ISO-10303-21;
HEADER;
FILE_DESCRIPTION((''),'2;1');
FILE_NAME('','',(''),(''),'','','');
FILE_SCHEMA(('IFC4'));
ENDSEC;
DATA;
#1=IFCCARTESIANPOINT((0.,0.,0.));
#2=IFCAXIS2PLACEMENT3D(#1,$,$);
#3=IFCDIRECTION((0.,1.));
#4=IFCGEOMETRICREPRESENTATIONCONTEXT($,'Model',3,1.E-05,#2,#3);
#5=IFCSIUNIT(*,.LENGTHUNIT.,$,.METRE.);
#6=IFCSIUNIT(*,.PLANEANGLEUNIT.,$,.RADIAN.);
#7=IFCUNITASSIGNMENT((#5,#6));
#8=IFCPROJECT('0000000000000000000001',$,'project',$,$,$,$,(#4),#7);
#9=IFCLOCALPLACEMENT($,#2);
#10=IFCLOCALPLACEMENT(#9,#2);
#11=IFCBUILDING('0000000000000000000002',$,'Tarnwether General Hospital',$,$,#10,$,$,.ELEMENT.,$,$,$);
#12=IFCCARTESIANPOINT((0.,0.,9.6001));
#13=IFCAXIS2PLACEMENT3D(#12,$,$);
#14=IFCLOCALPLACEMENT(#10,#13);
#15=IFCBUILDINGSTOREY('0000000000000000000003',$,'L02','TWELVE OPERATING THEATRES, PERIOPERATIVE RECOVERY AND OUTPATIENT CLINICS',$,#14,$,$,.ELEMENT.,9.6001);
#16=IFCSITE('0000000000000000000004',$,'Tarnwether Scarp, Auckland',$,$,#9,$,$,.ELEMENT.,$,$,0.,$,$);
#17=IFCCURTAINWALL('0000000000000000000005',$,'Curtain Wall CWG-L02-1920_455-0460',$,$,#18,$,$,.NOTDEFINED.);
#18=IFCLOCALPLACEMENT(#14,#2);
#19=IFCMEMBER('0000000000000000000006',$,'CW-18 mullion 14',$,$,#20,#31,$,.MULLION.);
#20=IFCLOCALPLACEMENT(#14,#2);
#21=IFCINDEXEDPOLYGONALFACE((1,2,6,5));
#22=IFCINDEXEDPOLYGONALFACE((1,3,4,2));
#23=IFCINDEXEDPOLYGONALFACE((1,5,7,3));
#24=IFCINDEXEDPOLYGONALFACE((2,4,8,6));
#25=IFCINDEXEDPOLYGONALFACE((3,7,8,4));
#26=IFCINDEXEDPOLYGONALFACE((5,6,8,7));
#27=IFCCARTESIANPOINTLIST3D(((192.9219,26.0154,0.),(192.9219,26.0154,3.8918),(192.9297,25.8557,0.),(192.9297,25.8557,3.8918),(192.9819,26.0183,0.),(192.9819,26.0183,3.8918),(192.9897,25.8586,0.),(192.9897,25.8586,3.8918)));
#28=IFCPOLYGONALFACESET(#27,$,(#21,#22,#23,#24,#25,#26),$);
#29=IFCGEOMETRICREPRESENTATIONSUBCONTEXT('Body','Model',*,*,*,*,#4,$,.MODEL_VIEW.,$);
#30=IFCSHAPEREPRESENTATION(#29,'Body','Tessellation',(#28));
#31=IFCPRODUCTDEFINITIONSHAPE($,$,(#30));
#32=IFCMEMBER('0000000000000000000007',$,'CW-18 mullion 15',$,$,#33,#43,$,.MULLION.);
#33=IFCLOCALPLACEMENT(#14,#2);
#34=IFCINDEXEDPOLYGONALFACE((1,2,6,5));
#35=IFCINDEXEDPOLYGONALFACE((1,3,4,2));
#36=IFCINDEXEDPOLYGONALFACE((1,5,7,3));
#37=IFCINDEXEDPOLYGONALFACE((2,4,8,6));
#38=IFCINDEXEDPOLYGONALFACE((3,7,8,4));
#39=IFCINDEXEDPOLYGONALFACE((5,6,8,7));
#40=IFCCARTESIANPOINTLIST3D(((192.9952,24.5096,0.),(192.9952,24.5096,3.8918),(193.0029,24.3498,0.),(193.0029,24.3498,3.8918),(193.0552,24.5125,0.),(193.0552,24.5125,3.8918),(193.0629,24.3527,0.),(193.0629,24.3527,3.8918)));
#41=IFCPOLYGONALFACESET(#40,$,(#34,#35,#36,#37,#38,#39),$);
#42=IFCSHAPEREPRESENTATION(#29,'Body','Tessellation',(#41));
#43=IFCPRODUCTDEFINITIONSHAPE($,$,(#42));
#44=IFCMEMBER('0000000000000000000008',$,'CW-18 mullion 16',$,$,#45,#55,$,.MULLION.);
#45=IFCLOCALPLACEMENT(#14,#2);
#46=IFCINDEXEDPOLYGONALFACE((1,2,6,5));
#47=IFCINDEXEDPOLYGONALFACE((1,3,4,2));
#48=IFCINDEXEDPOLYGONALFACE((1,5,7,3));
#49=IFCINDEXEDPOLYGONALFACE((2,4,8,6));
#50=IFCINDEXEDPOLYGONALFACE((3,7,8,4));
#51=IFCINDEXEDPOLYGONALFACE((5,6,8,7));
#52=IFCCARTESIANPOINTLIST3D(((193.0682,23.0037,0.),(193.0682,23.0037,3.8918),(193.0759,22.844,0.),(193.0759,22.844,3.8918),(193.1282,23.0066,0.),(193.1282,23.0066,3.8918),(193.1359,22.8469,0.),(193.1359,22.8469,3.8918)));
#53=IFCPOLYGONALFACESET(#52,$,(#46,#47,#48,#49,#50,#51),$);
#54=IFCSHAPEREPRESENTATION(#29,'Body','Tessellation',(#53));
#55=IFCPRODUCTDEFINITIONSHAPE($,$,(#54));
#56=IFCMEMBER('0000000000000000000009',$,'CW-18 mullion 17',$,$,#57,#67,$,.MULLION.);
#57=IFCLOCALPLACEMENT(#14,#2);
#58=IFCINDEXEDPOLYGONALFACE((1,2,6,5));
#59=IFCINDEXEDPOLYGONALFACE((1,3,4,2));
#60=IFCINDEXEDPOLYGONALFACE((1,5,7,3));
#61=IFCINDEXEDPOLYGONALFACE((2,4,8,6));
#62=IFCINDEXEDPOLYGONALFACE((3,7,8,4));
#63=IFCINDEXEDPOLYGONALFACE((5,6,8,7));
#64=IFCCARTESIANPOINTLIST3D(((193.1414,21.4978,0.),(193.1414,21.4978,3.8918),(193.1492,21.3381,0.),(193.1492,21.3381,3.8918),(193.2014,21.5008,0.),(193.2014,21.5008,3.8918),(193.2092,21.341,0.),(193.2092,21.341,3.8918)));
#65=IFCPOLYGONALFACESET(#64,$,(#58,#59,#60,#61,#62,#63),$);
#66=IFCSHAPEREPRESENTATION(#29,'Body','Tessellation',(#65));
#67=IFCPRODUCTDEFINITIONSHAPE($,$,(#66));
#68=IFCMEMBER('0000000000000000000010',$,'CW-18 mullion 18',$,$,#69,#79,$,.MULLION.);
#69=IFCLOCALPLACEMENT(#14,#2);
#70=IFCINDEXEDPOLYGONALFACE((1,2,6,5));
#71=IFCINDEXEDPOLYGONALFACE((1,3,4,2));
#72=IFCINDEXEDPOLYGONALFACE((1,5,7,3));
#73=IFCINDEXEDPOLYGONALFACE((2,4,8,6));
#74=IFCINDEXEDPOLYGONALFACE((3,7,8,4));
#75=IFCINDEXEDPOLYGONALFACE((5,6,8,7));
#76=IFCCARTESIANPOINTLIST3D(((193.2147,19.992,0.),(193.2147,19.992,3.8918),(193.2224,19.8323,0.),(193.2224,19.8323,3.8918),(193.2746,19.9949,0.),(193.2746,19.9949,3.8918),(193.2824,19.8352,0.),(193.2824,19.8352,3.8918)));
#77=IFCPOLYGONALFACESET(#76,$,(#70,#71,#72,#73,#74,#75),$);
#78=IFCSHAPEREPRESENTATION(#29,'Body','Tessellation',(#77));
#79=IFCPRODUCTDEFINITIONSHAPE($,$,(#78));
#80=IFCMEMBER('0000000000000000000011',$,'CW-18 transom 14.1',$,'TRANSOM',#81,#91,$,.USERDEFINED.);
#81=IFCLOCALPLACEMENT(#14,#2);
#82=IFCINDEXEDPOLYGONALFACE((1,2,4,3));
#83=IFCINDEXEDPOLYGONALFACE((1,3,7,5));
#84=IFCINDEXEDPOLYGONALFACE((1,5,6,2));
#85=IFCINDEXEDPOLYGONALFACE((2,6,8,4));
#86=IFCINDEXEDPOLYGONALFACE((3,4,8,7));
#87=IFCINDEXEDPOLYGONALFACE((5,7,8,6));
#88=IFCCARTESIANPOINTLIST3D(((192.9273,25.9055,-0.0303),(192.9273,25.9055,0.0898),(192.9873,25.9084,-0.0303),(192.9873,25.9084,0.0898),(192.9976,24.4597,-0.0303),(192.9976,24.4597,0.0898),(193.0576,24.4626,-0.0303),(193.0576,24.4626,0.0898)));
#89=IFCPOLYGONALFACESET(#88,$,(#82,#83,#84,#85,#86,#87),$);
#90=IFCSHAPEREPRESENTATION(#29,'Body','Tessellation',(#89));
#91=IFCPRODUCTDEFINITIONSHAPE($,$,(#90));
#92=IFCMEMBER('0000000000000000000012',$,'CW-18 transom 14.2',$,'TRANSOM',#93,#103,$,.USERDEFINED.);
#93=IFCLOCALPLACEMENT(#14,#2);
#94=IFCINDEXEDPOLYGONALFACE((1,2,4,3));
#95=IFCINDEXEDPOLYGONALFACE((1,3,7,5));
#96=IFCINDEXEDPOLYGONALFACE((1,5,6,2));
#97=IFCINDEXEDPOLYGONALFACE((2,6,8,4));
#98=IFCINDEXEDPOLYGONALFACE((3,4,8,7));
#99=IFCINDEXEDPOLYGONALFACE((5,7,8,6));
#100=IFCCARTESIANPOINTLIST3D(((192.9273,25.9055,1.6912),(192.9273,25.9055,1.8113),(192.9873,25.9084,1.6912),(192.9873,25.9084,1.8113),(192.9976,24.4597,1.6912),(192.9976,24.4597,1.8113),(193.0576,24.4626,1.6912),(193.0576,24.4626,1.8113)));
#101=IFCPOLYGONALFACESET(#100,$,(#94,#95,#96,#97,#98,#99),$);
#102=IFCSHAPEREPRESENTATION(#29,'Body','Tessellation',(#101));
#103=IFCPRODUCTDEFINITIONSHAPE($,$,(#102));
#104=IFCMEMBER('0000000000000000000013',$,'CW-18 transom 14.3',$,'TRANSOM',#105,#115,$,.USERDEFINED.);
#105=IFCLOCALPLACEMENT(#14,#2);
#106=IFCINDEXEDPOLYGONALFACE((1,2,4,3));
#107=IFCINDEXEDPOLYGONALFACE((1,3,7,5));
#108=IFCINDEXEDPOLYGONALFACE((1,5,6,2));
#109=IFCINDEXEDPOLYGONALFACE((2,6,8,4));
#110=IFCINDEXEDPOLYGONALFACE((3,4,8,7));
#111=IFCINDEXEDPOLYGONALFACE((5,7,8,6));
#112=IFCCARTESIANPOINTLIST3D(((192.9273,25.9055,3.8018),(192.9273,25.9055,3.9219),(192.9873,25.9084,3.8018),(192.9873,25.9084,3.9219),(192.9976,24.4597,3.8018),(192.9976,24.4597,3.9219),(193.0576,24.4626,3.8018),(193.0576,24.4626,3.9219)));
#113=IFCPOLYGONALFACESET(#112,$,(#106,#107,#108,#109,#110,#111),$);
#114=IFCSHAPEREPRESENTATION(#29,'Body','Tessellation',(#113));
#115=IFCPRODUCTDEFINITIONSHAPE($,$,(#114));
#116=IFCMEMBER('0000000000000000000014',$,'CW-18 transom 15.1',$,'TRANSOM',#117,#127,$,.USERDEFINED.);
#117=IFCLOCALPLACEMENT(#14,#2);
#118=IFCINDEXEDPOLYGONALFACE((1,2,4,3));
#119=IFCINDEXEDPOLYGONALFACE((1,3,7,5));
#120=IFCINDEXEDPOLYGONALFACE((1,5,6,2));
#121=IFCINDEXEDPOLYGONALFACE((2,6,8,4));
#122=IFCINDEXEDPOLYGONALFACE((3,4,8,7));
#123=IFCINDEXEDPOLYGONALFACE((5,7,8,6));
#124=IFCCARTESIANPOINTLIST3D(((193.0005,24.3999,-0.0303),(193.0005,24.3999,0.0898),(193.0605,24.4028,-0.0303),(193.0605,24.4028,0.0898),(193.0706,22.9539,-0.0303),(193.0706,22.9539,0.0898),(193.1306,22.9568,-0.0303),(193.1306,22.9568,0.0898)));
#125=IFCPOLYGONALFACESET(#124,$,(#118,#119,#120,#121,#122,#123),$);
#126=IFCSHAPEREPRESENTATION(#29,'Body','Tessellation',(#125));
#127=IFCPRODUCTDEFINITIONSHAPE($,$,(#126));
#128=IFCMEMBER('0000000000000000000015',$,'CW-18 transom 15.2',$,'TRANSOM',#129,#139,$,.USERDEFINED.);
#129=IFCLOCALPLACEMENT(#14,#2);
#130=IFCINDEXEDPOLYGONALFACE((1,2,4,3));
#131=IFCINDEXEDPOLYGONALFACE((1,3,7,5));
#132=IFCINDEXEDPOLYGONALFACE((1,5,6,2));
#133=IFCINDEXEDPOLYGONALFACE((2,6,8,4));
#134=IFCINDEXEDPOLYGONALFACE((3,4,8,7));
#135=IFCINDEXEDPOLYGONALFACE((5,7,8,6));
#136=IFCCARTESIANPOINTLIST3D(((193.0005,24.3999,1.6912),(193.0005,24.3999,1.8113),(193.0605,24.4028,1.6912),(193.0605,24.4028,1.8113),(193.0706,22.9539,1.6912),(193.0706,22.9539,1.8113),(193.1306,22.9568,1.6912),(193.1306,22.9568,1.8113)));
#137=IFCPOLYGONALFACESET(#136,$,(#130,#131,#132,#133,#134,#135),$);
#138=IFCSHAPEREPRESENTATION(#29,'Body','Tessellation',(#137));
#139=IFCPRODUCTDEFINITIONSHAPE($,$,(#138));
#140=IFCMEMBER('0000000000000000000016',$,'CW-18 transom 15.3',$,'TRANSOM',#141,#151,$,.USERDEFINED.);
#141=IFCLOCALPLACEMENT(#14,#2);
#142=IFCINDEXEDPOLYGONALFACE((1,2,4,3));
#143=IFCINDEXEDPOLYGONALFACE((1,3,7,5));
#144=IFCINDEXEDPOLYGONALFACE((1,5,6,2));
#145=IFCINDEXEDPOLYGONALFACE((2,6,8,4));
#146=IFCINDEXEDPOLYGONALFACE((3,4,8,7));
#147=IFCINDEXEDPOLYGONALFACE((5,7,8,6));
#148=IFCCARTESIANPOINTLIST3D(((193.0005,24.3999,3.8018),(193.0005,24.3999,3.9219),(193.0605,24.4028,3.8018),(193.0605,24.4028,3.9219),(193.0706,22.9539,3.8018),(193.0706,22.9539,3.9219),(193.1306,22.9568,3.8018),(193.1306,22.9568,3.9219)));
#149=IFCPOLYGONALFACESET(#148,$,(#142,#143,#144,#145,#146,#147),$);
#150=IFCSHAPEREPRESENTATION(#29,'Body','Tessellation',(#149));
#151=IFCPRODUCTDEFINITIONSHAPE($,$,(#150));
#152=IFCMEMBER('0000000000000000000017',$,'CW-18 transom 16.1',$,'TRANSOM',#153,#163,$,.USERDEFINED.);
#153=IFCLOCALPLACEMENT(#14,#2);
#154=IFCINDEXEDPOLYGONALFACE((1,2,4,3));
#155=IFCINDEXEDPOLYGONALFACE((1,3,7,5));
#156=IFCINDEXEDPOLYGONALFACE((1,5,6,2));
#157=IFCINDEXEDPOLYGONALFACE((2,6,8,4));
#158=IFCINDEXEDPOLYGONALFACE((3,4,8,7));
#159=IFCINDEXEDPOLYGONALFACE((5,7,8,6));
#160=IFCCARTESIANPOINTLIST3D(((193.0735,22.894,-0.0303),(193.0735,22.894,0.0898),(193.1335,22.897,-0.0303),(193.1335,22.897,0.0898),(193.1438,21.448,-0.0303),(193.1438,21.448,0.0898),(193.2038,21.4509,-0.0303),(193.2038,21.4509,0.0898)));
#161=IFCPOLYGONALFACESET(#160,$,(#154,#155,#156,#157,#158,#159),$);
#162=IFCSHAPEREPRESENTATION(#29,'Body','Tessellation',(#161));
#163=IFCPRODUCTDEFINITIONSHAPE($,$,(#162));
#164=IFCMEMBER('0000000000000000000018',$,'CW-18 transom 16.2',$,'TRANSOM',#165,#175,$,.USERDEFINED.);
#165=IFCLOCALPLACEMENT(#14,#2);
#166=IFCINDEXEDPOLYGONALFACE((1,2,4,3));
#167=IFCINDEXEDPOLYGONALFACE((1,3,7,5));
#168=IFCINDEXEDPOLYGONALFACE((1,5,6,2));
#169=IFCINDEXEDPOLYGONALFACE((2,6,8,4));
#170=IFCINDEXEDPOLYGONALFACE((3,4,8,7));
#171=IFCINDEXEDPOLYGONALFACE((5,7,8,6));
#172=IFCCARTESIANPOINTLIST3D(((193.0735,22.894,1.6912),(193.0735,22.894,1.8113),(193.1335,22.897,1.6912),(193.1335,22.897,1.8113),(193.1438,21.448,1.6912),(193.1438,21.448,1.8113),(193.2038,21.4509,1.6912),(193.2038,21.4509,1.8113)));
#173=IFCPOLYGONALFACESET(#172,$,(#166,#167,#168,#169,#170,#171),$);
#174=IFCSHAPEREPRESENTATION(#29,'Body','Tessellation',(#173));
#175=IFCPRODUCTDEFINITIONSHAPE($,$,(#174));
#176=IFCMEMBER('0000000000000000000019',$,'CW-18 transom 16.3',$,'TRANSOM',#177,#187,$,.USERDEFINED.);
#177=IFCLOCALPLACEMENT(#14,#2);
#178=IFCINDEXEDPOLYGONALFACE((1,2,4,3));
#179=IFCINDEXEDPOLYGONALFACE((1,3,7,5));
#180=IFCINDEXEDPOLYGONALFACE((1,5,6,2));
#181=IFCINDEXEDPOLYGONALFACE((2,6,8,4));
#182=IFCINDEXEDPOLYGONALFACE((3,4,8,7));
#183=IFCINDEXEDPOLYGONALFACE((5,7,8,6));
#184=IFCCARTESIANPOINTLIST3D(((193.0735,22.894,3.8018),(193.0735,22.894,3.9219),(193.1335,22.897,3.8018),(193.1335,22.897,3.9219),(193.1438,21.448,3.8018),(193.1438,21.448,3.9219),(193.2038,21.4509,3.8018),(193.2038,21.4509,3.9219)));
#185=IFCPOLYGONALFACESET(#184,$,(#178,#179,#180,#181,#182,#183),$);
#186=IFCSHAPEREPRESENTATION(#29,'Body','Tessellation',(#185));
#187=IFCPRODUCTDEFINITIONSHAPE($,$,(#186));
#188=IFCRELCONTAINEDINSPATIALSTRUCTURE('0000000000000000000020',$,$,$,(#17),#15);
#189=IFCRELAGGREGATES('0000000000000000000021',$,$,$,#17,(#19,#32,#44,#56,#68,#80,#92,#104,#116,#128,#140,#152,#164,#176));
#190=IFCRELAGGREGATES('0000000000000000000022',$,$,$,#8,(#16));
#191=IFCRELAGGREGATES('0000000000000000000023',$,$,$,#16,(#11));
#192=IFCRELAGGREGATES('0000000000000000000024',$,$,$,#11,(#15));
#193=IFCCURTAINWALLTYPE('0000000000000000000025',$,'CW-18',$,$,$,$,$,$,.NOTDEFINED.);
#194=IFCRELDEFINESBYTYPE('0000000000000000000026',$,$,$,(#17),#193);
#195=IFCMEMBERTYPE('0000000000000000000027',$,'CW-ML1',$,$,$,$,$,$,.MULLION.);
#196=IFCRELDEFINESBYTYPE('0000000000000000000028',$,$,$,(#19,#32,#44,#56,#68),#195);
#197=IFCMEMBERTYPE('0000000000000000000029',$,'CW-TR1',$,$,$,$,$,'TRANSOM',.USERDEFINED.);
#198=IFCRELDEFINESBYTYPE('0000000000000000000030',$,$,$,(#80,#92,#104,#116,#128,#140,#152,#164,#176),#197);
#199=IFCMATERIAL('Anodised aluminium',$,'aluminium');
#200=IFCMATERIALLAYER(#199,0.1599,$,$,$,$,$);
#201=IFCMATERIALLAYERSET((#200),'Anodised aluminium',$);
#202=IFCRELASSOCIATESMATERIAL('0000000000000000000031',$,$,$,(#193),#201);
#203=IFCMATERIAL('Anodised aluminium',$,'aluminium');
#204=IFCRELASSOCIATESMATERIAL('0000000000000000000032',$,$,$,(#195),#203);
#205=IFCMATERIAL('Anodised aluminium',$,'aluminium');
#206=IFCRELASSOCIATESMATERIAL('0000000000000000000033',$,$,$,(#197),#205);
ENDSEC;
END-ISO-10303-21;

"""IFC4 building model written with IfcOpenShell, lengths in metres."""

from ifc_helpers import new_model, si_unit, direction, frame, origin, origin_2d, place, context, subcontext, project, spatial, rectangle, extrude, material, layer, layer_set, material_profile, profile_set, type_object, element, aggregate, save


model = new_model("IFC4")

# Units and contexts
model_context = context("Model", 3, precision=1e-05, world=origin(), true_north=direction((0.0, 1.0)))
body_context = subcontext(model_context, "Body", "Model", "MODEL_VIEW")
ifc_project = project(units=[si_unit("LENGTHUNIT", "METRE"), si_unit("PLANEANGLEUNIT", "RADIAN")], contexts=[model_context])

# Site, building, storey
site_placement = place(None, origin())
site = spatial("IfcSite", under=ifc_project, at=site_placement, Name="Tarnwether Scarp, Auckland", CompositionType="ELEMENT", RefElevation=0.0)
building_placement = place(site_placement, origin())
building = spatial("IfcBuilding", under=site, at=building_placement, Name="Tarnwether General Hospital", CompositionType="ELEMENT")
storey_placement = place(building_placement, frame((0.0, 0.0, 9.6001)))
storey = spatial("IfcBuildingStorey", under=building, at=storey_placement, Name="L02", Description="TWELVE OPERATING THEATRES, PERIOPERATIVE RECOVERY AND OUTPATIENT CLINICS", CompositionType="ELEMENT", Elevation=9.6001)

# Curtain wall, members
ifc_material_1 = material(Name="Anodised aluminium", Category="aluminium")
ifc_layer_1 = layer(ifc_material_1, 0.1599)
ifc_layer_set_1 = layer_set([ifc_layer_1], Name="Anodised aluminium")
curtain_wall_type = type_object("IfcCurtainWallType", Name="CW-18", PredefinedType="NOTDEFINED", material=ifc_layer_set_1)
curtain_wall_placement = place(storey_placement, origin())
curtain_wall = element("IfcCurtainWall", 1, at=curtain_wall_placement, inside=storey, type_object=curtain_wall_type, Name="Curtain Wall CWG-L02-1920_455-0460", PredefinedType="NOTDEFINED")
ifc_material_2 = material(Name="Anodised aluminium", Category="aluminium")
ifc_material_profile_1 = material_profile(ifc_material_2, rectangle(XDim=0.0601, YDim=0.1599, at=origin_2d()), Name="ALU-MUL-60x160")
ifc_profile_set_1 = profile_set([ifc_material_profile_1], Name="Anodised aluminium")
member_type_1 = type_object("IfcMemberType", Name="CW-ML1", PredefinedType="MULLION", material=ifc_profile_set_1)
member_1_placement = place(storey_placement, frame((192.9558, 25.937, 0.0), z_axis=(0.0, 0.0, 1.0), x_axis=(0.99882, 0.04856, 0.0)))
member_1 = element("IfcMember", 2, at=member_1_placement, type_object=member_type_1, Name="CW-18 mullion 14", PredefinedType="MULLION", context=body_context, shape_type="SweptSolid", body=[
    extrude(rectangle(XDim=0.0601, YDim=0.1599, at=origin_2d()), origin(), (0.0, 0.0, 1.0), 3.8918),
])
member_2_placement = place(storey_placement, frame((193.0291, 24.4312, 0.0), z_axis=(0.0, 0.0, 1.0), x_axis=(0.99882, 0.04856, 0.0)))
member_2 = element("IfcMember", 3, at=member_2_placement, type_object=member_type_1, Name="CW-18 mullion 15", PredefinedType="MULLION", context=body_context, shape_type="SweptSolid", body=[
    extrude(rectangle(XDim=0.0601, YDim=0.1599, at=origin_2d()), origin(), (0.0, 0.0, 1.0), 3.8918),
])
member_3_placement = place(storey_placement, frame((193.1021, 22.9253, 0.0), z_axis=(0.0, 0.0, 1.0), x_axis=(0.99882, 0.04856, 0.0)))
member_3 = element("IfcMember", 4, at=member_3_placement, type_object=member_type_1, Name="CW-18 mullion 16", PredefinedType="MULLION", context=body_context, shape_type="SweptSolid", body=[
    extrude(rectangle(XDim=0.0601, YDim=0.1599, at=origin_2d()), origin(), (0.0, 0.0, 1.0), 3.8918),
])
member_4_placement = place(storey_placement, frame((193.1753, 21.4194, 0.0), z_axis=(0.0, 0.0, 1.0), x_axis=(0.99882, 0.04856, 0.0)))
member_4 = element("IfcMember", 5, at=member_4_placement, type_object=member_type_1, Name="CW-18 mullion 17", PredefinedType="MULLION", context=body_context, shape_type="SweptSolid", body=[
    extrude(rectangle(XDim=0.0601, YDim=0.1599, at=origin_2d()), origin(), (0.0, 0.0, 1.0), 3.8918),
])
member_5_placement = place(storey_placement, frame((193.2485, 19.9136, 0.0), z_axis=(0.0, 0.0, 1.0), x_axis=(0.99882, 0.04856, 0.0)))
member_5 = element("IfcMember", 6, at=member_5_placement, type_object=member_type_1, Name="CW-18 mullion 18", PredefinedType="MULLION", context=body_context, shape_type="SweptSolid", body=[
    extrude(rectangle(XDim=0.0601, YDim=0.1599, at=origin_2d()), origin(), (0.0, 0.0, 1.0), 3.8918),
])
ifc_material_3 = material(Name="Anodised aluminium", Category="aluminium")
ifc_material_profile_2 = material_profile(ifc_material_3, rectangle(XDim=0.0601, YDim=0.1201, at=origin_2d()), Name="ALU-TRN-60x120")
ifc_profile_set_2 = profile_set([ifc_material_profile_2], Name="Anodised aluminium")
member_type_2 = type_object("IfcMemberType", Name="CW-TR1", ElementType="TRANSOM", PredefinedType="USERDEFINED", material=ifc_profile_set_2)
member_6_placement = place(storey_placement, frame((192.9573, 25.907, 0.0298), z_axis=(0.048575, -0.99882, 0.0), x_axis=(0.99882, 0.048575, 0.0)))
member_6 = element("IfcMember", 7, at=member_6_placement, type_object=member_type_2, Name="CW-18 transom 14.1", ObjectType="TRANSOM", PredefinedType="USERDEFINED", context=body_context, shape_type="SweptSolid", body=[
    extrude(rectangle(XDim=0.0601, YDim=0.1201, at=origin_2d()), origin(), (0.0, 0.0, 1.0), 1.4475),
])
member_7_placement = place(storey_placement, frame((192.9573, 25.907, 1.7512), z_axis=(0.048575, -0.99882, 0.0), x_axis=(0.99882, 0.048575, 0.0)))
member_7 = element("IfcMember", 8, at=member_7_placement, type_object=member_type_2, Name="CW-18 transom 14.2", ObjectType="TRANSOM", PredefinedType="USERDEFINED", context=body_context, shape_type="SweptSolid", body=[
    extrude(rectangle(XDim=0.0601, YDim=0.1201, at=origin_2d()), origin(), (0.0, 0.0, 1.0), 1.4475),
])
member_8_placement = place(storey_placement, frame((192.9573, 25.907, 3.8618), z_axis=(0.048575, -0.99882, 0.0), x_axis=(0.99882, 0.048575, 0.0)))
member_8 = element("IfcMember", 9, at=member_8_placement, type_object=member_type_2, Name="CW-18 transom 14.3", ObjectType="TRANSOM", PredefinedType="USERDEFINED", context=body_context, shape_type="SweptSolid", body=[
    extrude(rectangle(XDim=0.0601, YDim=0.1201, at=origin_2d()), origin(), (0.0, 0.0, 1.0), 1.4475),
])
member_9_placement = place(storey_placement, frame((193.0305, 24.4014, 0.0298), z_axis=(0.048398, -0.998828, 0.0), x_axis=(0.998828, 0.048398, 0.0)))
member_9 = element("IfcMember", 10, at=member_9_placement, type_object=member_type_2, Name="CW-18 transom 15.1", ObjectType="TRANSOM", PredefinedType="USERDEFINED", context=body_context, shape_type="SweptSolid", body=[
    extrude(rectangle(XDim=0.0601, YDim=0.1201, at=origin_2d()), origin(), (0.0, 0.0, 1.0), 1.4478),
])
member_10_placement = place(storey_placement, frame((193.0305, 24.4014, 1.7512), z_axis=(0.048398, -0.998828, 0.0), x_axis=(0.998828, 0.048398, 0.0)))
member_10 = element("IfcMember", 11, at=member_10_placement, type_object=member_type_2, Name="CW-18 transom 15.2", ObjectType="TRANSOM", PredefinedType="USERDEFINED", context=body_context, shape_type="SweptSolid", body=[
    extrude(rectangle(XDim=0.0601, YDim=0.1201, at=origin_2d()), origin(), (0.0, 0.0, 1.0), 1.4478),
])
member_11_placement = place(storey_placement, frame((193.0305, 24.4014, 3.8618), z_axis=(0.048398, -0.998828, 0.0), x_axis=(0.998828, 0.048398, 0.0)))
member_11 = element("IfcMember", 12, at=member_11_placement, type_object=member_type_2, Name="CW-18 transom 15.3", ObjectType="TRANSOM", PredefinedType="USERDEFINED", context=body_context, shape_type="SweptSolid", body=[
    extrude(rectangle(XDim=0.0601, YDim=0.1201, at=origin_2d()), origin(), (0.0, 0.0, 1.0), 1.4478),
])
member_12_placement = place(storey_placement, frame((193.1035, 22.8955, 0.0298), z_axis=(0.048567, -0.99882, 0.0), x_axis=(0.99882, 0.048567, 0.0)))
member_12 = element("IfcMember", 13, at=member_12_placement, type_object=member_type_2, Name="CW-18 transom 16.1", ObjectType="TRANSOM", PredefinedType="USERDEFINED", context=body_context, shape_type="SweptSolid", body=[
    extrude(rectangle(XDim=0.0601, YDim=0.1201, at=origin_2d()), origin(), (0.0, 0.0, 1.0), 1.4478),
])
member_13_placement = place(storey_placement, frame((193.1035, 22.8955, 1.7512), z_axis=(0.048567, -0.99882, 0.0), x_axis=(0.99882, 0.048567, 0.0)))
member_13 = element("IfcMember", 14, at=member_13_placement, type_object=member_type_2, Name="CW-18 transom 16.2", ObjectType="TRANSOM", PredefinedType="USERDEFINED", context=body_context, shape_type="SweptSolid", body=[
    extrude(rectangle(XDim=0.0601, YDim=0.1201, at=origin_2d()), origin(), (0.0, 0.0, 1.0), 1.4478),
])
member_14_placement = place(storey_placement, frame((193.1035, 22.8955, 3.8618), z_axis=(0.048567, -0.99882, 0.0), x_axis=(0.99882, 0.048567, 0.0)))
member_14 = element("IfcMember", 15, at=member_14_placement, type_object=member_type_2, Name="CW-18 transom 16.3", ObjectType="TRANSOM", PredefinedType="USERDEFINED", context=body_context, shape_type="SweptSolid", body=[
    extrude(rectangle(XDim=0.0601, YDim=0.1201, at=origin_2d()), origin(), (0.0, 0.0, 1.0), 1.4478),
])
aggregate(curtain_wall, [member_1, member_2, member_3, member_4, member_5, member_6, member_7, member_8, member_9, member_10, member_11, member_12, member_13, member_14])

save(model, "model.ifc")
